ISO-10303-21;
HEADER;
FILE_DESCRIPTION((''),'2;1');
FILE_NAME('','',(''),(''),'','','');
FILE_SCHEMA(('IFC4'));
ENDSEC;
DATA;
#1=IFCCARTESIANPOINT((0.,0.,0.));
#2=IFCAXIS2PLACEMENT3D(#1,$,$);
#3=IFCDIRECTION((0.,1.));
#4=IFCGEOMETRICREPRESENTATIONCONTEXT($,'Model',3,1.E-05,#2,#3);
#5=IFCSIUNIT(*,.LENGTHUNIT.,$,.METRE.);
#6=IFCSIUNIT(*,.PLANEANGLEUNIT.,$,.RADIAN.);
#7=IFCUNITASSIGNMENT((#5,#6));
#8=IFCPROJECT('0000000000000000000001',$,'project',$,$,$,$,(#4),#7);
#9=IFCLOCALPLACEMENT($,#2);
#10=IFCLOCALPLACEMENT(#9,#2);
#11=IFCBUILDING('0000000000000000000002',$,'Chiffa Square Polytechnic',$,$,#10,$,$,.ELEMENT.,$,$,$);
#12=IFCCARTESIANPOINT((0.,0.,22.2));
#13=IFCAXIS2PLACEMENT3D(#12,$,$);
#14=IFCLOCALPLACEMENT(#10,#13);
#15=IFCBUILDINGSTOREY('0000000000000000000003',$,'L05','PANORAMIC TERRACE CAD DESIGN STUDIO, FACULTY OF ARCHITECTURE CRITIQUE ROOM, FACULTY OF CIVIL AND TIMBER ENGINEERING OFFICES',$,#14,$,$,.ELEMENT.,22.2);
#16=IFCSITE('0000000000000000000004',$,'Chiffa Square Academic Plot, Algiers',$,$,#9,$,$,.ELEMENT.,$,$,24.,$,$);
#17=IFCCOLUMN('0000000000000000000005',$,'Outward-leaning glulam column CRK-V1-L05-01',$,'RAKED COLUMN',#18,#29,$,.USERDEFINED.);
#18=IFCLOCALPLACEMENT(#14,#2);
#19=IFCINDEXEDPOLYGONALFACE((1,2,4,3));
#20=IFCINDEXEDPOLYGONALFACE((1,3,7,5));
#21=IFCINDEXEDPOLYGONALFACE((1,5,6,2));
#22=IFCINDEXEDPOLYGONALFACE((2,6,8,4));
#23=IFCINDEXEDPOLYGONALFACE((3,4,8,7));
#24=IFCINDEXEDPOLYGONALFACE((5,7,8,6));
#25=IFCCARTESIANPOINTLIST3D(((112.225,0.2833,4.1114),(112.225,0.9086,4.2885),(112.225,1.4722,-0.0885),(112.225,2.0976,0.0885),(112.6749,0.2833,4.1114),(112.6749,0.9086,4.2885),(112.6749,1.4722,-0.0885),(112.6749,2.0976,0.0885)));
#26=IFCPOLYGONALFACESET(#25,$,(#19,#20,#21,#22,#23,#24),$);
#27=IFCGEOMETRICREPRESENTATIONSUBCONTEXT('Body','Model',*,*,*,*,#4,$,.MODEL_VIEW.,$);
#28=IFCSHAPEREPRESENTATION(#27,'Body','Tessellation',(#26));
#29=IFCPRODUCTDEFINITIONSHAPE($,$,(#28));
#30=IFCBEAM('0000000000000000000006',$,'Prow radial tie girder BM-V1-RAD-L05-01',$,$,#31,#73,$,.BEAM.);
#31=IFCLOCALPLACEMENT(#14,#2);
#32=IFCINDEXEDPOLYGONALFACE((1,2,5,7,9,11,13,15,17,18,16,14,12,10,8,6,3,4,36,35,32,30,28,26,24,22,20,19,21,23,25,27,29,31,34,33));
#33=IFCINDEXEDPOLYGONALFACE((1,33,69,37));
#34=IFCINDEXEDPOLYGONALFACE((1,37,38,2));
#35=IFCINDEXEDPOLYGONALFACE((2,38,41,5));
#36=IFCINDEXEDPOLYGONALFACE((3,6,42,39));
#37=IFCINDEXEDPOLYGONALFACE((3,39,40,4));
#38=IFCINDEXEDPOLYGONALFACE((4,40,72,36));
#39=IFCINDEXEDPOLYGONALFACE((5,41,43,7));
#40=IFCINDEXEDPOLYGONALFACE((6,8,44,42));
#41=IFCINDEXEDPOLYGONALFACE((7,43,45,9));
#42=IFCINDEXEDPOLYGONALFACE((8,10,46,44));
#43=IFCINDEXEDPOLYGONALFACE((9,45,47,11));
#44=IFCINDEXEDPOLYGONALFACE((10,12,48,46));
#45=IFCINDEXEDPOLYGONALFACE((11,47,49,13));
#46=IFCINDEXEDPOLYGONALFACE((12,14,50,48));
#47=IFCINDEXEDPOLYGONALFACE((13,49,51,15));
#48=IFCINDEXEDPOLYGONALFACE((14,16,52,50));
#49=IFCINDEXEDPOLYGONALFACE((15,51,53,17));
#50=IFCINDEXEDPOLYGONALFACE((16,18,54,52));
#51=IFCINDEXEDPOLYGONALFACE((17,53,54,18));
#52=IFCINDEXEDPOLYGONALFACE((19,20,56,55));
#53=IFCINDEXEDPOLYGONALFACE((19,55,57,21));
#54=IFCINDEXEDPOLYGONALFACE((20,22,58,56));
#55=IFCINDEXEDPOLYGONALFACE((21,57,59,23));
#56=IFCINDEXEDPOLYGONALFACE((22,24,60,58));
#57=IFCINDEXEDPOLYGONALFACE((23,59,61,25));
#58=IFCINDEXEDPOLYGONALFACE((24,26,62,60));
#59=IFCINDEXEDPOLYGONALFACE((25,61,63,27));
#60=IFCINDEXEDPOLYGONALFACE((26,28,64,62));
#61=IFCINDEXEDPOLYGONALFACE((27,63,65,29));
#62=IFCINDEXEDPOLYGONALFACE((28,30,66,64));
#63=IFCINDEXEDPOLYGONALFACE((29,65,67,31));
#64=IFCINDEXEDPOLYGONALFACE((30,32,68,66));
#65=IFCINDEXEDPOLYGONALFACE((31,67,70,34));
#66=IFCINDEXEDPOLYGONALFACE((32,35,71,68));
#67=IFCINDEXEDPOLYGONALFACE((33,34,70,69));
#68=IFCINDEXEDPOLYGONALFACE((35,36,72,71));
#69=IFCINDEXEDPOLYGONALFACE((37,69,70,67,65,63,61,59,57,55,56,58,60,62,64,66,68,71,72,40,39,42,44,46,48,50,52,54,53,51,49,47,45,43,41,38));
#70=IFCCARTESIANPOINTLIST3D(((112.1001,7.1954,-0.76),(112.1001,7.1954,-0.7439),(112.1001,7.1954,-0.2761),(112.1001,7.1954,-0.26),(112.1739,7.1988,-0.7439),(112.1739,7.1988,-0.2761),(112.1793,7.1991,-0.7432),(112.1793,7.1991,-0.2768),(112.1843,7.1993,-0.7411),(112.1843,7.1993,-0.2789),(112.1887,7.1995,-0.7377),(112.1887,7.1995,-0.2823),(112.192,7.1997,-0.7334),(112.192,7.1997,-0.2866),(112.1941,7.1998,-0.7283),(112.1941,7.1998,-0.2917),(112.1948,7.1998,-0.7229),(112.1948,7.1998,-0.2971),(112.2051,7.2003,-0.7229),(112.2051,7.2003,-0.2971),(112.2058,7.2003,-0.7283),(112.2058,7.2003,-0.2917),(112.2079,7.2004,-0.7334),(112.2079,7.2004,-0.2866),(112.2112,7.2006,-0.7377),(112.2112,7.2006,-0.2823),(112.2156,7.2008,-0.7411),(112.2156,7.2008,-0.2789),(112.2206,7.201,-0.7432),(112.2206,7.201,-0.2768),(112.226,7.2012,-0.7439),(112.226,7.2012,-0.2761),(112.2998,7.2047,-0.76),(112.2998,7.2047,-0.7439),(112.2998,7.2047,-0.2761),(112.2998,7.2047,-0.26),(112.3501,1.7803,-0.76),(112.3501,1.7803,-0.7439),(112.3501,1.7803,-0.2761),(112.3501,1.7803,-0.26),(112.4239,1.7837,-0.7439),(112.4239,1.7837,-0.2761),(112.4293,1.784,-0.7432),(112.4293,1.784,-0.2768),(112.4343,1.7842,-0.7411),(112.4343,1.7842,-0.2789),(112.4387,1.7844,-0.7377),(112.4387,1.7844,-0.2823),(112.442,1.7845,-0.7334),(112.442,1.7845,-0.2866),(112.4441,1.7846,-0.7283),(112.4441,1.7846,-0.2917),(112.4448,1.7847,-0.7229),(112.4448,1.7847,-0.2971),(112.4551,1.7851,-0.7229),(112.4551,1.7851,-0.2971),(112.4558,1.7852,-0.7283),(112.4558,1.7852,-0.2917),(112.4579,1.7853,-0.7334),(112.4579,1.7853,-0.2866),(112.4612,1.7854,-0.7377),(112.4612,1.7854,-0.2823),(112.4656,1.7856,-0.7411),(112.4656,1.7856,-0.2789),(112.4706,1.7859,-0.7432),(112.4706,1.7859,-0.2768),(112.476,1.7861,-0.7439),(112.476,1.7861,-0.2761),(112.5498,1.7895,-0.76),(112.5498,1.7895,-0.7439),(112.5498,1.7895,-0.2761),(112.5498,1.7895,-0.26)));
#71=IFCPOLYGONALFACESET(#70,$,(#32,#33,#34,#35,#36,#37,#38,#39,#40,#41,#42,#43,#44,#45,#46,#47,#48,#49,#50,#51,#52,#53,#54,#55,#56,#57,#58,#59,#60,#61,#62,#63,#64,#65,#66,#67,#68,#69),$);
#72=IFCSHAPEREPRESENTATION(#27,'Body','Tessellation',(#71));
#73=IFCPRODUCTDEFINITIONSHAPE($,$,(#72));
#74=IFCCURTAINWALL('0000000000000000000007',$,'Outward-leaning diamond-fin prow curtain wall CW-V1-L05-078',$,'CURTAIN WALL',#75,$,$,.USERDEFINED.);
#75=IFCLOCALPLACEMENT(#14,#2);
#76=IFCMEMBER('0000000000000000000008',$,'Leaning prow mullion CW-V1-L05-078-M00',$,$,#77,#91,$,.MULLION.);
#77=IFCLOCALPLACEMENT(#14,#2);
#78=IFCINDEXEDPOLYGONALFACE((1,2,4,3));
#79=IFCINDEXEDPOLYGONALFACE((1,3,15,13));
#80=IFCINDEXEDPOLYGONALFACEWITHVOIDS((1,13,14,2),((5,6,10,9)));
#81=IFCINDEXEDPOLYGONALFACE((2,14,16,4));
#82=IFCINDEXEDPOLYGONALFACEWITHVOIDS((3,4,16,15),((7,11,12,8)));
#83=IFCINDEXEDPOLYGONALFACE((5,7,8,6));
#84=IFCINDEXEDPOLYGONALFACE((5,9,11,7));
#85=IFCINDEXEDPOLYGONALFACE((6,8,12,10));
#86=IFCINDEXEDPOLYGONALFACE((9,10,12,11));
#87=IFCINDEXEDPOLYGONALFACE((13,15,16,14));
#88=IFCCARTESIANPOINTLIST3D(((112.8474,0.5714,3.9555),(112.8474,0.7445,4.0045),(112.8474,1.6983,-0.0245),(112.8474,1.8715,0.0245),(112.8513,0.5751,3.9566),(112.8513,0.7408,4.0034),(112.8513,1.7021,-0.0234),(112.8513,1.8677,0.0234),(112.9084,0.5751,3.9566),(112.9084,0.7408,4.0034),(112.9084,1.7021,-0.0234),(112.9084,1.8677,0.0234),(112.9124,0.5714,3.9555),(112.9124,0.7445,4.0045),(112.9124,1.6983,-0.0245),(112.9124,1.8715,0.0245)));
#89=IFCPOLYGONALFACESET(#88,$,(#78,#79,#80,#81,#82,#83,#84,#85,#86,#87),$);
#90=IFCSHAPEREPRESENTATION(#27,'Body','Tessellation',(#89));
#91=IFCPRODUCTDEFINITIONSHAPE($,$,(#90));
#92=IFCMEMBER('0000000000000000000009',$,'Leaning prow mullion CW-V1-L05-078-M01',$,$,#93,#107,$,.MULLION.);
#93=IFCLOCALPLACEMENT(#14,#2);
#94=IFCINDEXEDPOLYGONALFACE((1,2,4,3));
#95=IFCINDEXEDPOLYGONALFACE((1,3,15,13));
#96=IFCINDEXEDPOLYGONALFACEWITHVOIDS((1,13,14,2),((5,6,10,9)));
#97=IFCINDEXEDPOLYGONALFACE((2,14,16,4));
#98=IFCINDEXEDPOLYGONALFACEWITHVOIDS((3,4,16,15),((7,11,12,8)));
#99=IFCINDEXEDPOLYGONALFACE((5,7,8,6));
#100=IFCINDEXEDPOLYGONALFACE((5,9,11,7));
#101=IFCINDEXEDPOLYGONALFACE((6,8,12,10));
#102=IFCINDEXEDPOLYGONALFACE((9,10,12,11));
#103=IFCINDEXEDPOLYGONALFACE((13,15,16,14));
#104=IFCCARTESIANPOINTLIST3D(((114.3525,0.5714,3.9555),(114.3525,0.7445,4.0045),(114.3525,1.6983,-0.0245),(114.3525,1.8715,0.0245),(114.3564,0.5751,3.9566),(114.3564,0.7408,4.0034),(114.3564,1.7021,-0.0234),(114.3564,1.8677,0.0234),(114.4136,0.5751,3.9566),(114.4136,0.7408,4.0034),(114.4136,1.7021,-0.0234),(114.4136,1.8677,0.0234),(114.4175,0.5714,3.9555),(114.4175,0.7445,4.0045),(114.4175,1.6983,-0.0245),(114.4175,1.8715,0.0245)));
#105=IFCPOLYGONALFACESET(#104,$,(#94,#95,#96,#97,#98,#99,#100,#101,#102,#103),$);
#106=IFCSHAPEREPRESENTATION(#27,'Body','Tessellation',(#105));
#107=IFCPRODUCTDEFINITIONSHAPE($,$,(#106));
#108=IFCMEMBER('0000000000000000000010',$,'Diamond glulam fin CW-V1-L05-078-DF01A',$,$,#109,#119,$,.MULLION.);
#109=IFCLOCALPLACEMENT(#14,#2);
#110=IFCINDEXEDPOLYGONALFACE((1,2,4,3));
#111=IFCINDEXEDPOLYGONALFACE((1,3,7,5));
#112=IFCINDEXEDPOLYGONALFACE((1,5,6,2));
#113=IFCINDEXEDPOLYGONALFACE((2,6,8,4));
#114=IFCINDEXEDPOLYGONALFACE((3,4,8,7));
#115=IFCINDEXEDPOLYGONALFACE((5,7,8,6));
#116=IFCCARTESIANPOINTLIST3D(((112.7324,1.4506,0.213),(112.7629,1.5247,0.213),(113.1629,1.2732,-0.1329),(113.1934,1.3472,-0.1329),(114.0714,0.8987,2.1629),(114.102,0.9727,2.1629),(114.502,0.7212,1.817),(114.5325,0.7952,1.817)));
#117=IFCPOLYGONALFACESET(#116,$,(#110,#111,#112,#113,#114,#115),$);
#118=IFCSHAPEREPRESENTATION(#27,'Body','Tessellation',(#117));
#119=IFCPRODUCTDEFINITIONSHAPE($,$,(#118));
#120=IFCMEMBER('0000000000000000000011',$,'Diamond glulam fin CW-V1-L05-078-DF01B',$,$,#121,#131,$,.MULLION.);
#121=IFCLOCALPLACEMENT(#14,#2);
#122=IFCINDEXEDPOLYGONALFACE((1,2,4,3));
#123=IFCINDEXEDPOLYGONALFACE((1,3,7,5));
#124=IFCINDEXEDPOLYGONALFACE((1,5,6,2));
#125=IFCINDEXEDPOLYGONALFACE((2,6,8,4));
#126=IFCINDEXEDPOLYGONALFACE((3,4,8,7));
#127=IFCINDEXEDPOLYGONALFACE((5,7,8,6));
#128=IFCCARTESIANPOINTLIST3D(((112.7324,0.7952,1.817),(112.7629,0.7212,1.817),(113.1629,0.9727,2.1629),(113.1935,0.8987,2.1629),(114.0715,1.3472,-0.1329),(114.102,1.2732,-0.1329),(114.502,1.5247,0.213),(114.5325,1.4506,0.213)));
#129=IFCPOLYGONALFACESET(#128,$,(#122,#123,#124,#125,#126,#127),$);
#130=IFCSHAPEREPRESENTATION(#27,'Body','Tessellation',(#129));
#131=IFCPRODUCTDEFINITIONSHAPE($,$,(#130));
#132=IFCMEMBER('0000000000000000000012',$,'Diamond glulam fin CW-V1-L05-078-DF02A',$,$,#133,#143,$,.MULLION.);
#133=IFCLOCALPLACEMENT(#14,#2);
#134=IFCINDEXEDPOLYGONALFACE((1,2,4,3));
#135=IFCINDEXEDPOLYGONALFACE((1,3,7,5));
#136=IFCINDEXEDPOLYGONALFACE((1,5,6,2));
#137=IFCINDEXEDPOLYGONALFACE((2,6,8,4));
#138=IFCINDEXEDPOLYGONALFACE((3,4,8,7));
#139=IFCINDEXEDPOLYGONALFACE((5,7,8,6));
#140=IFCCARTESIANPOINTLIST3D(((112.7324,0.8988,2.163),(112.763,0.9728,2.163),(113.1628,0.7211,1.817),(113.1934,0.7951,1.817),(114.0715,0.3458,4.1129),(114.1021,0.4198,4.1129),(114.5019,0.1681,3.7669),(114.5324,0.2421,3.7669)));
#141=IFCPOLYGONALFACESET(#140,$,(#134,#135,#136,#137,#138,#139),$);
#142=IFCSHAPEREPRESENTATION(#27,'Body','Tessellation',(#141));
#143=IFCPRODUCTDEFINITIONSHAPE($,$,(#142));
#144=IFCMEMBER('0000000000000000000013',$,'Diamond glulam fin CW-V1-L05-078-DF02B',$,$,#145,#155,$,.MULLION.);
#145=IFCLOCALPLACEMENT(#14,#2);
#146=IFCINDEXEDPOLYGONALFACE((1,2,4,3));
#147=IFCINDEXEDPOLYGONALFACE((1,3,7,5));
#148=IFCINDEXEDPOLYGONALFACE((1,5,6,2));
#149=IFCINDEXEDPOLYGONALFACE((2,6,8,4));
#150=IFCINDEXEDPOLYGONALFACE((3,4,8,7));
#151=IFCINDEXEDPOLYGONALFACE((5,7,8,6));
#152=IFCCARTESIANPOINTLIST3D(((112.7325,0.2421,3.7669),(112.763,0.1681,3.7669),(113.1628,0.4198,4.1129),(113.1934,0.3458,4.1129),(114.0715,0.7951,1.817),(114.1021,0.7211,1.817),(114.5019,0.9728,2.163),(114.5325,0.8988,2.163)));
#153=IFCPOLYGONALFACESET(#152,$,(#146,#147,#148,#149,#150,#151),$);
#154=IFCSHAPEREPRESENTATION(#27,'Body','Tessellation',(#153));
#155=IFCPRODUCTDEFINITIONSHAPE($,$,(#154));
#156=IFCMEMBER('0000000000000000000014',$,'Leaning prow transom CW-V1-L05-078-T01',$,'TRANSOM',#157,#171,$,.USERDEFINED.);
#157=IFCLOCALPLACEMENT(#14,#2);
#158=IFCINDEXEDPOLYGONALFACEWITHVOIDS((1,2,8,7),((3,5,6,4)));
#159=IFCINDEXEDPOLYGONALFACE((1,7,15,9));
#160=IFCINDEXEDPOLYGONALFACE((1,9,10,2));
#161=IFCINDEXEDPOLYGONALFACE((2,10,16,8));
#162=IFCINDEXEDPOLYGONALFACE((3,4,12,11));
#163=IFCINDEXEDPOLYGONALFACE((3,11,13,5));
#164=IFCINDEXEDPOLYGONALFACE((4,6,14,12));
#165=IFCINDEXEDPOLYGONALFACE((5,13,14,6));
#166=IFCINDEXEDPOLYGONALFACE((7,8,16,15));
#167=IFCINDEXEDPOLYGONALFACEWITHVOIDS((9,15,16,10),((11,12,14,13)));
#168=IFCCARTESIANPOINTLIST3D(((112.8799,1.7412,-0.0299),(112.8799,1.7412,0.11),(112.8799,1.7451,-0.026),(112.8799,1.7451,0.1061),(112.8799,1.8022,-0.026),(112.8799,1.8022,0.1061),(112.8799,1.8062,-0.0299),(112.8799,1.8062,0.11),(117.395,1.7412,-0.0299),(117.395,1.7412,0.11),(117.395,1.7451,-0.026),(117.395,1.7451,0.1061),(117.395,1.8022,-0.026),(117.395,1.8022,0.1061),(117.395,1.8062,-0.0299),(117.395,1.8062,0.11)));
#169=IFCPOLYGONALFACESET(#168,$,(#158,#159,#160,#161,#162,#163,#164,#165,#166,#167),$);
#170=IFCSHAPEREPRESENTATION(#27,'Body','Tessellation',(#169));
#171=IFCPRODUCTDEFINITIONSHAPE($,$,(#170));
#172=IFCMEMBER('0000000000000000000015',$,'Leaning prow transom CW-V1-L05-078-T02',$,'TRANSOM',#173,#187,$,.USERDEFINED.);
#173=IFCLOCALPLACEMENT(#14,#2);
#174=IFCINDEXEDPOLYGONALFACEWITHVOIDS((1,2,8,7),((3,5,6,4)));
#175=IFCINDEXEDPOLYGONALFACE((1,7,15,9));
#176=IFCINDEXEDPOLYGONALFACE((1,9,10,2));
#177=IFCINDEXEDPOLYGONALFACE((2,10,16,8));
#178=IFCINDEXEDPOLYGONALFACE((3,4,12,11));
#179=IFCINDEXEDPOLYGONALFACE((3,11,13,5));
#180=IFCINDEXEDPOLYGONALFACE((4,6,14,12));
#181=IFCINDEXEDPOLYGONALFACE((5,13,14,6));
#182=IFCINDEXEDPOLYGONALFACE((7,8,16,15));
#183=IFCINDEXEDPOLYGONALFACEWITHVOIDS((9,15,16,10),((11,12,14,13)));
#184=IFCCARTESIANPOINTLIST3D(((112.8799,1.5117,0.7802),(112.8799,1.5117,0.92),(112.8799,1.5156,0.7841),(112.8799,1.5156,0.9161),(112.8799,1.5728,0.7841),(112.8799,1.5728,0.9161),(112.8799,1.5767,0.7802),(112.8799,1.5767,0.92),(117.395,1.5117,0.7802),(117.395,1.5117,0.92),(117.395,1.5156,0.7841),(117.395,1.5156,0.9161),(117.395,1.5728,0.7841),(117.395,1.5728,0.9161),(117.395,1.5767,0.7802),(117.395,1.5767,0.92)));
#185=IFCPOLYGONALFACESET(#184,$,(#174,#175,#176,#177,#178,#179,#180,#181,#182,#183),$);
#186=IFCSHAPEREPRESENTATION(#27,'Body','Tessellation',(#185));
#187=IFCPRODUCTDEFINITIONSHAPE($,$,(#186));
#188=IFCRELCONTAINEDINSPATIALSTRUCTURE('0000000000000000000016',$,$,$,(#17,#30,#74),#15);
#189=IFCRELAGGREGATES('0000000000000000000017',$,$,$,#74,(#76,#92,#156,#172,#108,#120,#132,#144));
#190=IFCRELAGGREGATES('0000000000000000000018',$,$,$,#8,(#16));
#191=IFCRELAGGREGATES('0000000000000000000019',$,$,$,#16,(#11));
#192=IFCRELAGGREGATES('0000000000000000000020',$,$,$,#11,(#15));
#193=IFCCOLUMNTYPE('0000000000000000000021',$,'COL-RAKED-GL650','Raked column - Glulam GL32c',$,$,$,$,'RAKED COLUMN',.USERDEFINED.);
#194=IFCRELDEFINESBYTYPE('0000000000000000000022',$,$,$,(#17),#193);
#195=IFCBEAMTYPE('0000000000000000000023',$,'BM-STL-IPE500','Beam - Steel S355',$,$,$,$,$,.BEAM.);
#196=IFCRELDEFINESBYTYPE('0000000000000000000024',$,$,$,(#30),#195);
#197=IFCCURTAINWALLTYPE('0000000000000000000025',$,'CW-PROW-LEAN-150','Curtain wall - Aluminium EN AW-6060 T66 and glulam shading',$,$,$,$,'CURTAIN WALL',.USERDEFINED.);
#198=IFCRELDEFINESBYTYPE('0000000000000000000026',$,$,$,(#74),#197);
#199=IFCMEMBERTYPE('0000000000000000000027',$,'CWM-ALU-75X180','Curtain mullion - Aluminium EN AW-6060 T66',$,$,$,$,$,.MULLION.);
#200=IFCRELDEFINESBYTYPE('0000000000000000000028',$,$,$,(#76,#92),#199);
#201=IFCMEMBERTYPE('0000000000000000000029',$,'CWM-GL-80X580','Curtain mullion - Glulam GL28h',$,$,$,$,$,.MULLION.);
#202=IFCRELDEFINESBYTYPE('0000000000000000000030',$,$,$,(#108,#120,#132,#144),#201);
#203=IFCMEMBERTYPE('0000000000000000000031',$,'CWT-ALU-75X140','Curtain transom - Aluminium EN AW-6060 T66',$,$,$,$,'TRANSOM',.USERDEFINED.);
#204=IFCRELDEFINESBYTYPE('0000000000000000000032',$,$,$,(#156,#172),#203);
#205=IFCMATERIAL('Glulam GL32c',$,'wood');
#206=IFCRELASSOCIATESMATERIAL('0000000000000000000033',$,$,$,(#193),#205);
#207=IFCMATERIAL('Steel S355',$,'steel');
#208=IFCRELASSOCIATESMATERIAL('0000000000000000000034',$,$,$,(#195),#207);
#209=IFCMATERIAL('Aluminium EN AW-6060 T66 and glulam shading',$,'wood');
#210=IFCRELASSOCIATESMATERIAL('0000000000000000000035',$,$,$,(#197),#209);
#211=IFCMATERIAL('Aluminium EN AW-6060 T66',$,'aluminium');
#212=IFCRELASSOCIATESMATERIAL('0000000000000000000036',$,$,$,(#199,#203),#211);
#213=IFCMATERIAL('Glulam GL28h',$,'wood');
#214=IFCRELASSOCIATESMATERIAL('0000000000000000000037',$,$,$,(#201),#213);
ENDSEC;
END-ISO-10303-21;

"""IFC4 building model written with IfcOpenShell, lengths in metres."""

from ifc_helpers import new_model, si_unit, direction, frame, origin, origin_2d, place, context, subcontext, project, spatial, rectangle, hollow_rectangle, i_section, extrude, material, material_profile, profile_set, type_object, element, aggregate, save


model = new_model("IFC4")

# Units and contexts
model_context = context("Model", 3, precision=1e-05, world=origin(), true_north=direction((0.0, 1.0)))
body_context = subcontext(model_context, "Body", "Model", "MODEL_VIEW")
ifc_project = project(units=[si_unit("LENGTHUNIT", "METRE"), si_unit("PLANEANGLEUNIT", "RADIAN")], contexts=[model_context])

# Site, building, storey
site_placement = place(None, origin())
site = spatial("IfcSite", under=ifc_project, at=site_placement, Name="Chiffa Square Academic Plot, Algiers", CompositionType="ELEMENT", RefElevation=24.0)
building_placement = place(site_placement, origin())
building = spatial("IfcBuilding", under=site, at=building_placement, Name="Chiffa Square Polytechnic", CompositionType="ELEMENT")
storey_placement = place(building_placement, frame((0.0, 0.0, 22.2)))
storey = spatial("IfcBuildingStorey", under=building, at=storey_placement, Name="L05", Description="PANORAMIC TERRACE CAD DESIGN STUDIO, FACULTY OF ARCHITECTURE CRITIQUE ROOM, FACULTY OF CIVIL AND TIMBER ENGINEERING OFFICES", CompositionType="ELEMENT", Elevation=22.2)

# Column
ifc_material_1 = material(Name="Glulam GL32c", Category="wood")
ifc_material_profile_1 = material_profile(ifc_material_1, rectangle(XDim=0.45, YDim=0.6499, at=origin_2d()), Name="GL32c 450x650")
ifc_profile_set_1 = profile_set([ifc_material_profile_1], Name="Glulam GL32c")
column_type = type_object("IfcColumnType", Name="COL-RAKED-GL650", Description="Raked column - Glulam GL32c", ElementType="RAKED COLUMN", PredefinedType="USERDEFINED", material=ifc_profile_set_1)
column_placement = place(storey_placement, frame((112.45, 1.7849, 0.0), z_axis=(0.0, -0.272386, 0.962188), x_axis=(1.0, 0.0, 0.0)))
element("IfcColumn", 1, at=column_placement, inside=storey, type_object=column_type, Name="Outward-leaning glulam column CRK-V1-L05-01", ObjectType="RAKED COLUMN", PredefinedType="USERDEFINED", context=body_context, shape_type="SweptSolid", body=[
    extrude(rectangle(XDim=0.45, YDim=0.6499, at=origin_2d()), origin(), (0.0, 0.0, 1.0), 4.365),
])

# Beam
ifc_material_2 = material(Name="Steel S355", Category="steel")
ifc_material_profile_2 = material_profile(ifc_material_2, i_section(OverallWidth=0.2, OverallDepth=0.5, WebThickness=0.0103, FlangeThickness=0.0161, FilletRadius=0.021, at=origin_2d()), Name="IPE 500")
ifc_profile_set_2 = profile_set([ifc_material_profile_2], Name="Steel S355")
beam_type_1 = type_object("IfcBeamType", Name="BM-STL-IPE500", Description="Beam - Steel S355", PredefinedType="BEAM", material=ifc_profile_set_2)
beam_1_placement = place(storey_placement, frame((112.45, 1.7849, -0.51), z_axis=(-0.046119, 0.998936, 0.0), x_axis=(-0.998936, -0.046119, 0.0)))
element("IfcBeam", 2, at=beam_1_placement, inside=storey, type_object=beam_type_1, Name="Prow radial tie girder BM-V1-RAD-L05-01", PredefinedType="BEAM", context=body_context, shape_type="SweptSolid", body=[
    extrude(i_section(OverallWidth=0.2, OverallDepth=0.5, WebThickness=0.0103, FlangeThickness=0.0161, FilletRadius=0.021, at=origin_2d()), origin(), (0.0, 0.0, 1.0), 5.4209),
])

# Curtain wall, members
ifc_material_3 = material(Name="Aluminium EN AW-6060 T66 and glulam shading", Category="wood")
curtain_wall_type = type_object("IfcCurtainWallType", Name="CW-PROW-LEAN-150", Description="Curtain wall - Aluminium EN AW-6060 T66 and glulam shading", ElementType="CURTAIN WALL", PredefinedType="USERDEFINED", material=ifc_material_3)
curtain_wall_placement = place(storey_placement, origin())
curtain_wall = element("IfcCurtainWall", 3, at=curtain_wall_placement, inside=storey, type_object=curtain_wall_type, Name="Outward-leaning diamond-fin prow curtain wall CW-V1-L05-078", ObjectType="CURTAIN WALL", PredefinedType="USERDEFINED")
ifc_material_4 = material(Name="Aluminium EN AW-6060 T66", Category="aluminium")
ifc_material_profile_3 = material_profile(ifc_material_4, hollow_rectangle(XDim=0.0649, YDim=0.1799, WallThickness=0.0039, at=origin_2d()), Name="ALU 65x180x4")
ifc_profile_set_3 = profile_set([ifc_material_profile_3], Name="Aluminium EN AW-6060 T66")
member_type_1 = type_object("IfcMemberType", Name="CWM-ALU-75X180", Description="Curtain mullion - Aluminium EN AW-6060 T66", PredefinedType="MULLION", material=ifc_profile_set_3)
member_1_placement = place(storey_placement, frame((112.8799, 1.7849, 0.0), z_axis=(0.0, -0.272444, 0.962172), x_axis=(1.0, 0.0, 0.0)))
member_1 = element("IfcMember", 4, at=member_1_placement, type_object=member_type_1, Name="Leaning prow mullion CW-V1-L05-078-M00", PredefinedType="MULLION", context=body_context, shape_type="SweptSolid", body=[
    extrude(hollow_rectangle(XDim=0.0649, YDim=0.1799, WallThickness=0.0039, at=origin_2d()), origin(), (0.0, 0.0, 1.0), 4.1365),
])
member_2_placement = place(storey_placement, frame((114.385, 1.7849, 0.0), z_axis=(0.0, -0.272444, 0.962172), x_axis=(1.0, 0.0, 0.0)))
member_2 = element("IfcMember", 5, at=member_2_placement, type_object=member_type_1, Name="Leaning prow mullion CW-V1-L05-078-M01", PredefinedType="MULLION", context=body_context, shape_type="SweptSolid", body=[
    extrude(hollow_rectangle(XDim=0.0649, YDim=0.1799, WallThickness=0.0039, at=origin_2d()), origin(), (0.0, 0.0, 1.0), 4.1365),
])
ifc_material_5 = material(Name="Glulam GL28h", Category="wood")
ifc_material_profile_4 = material_profile(ifc_material_5, rectangle(XDim=0.0801, YDim=0.5801, at=origin_2d()), Name="GL28h 80x580")
ifc_profile_set_4 = profile_set([ifc_material_profile_4], Name="Glulam GL28h")
member_type_2 = type_object("IfcMemberType", Name="CWM-GL-80X580", Description="Curtain mullion - Glulam GL28h", PredefinedType="MULLION", material=ifc_profile_set_4)
member_3_placement = place(storey_placement, frame((112.9629, 1.3989, 0.04), z_axis=(0.551292, -0.227251, 0.802766), x_axis=(0.381106, 0.924531, 0.0)))
member_3 = element("IfcMember", 6, at=member_3_placement, type_object=member_type_2, Name="Diamond glulam fin CW-V1-L05-078-DF01A", PredefinedType="MULLION", context=body_context, shape_type="SweptSolid", body=[
    extrude(rectangle(XDim=0.0801, YDim=0.5801, at=origin_2d()), origin(), (0.0, 0.0, 1.0), 2.429),
])
member_4_placement = place(storey_placement, frame((114.302, 1.3989, 0.04), z_axis=(-0.551292, -0.227251, 0.802766), x_axis=(0.381106, -0.924531, 0.0)))
member_4 = element("IfcMember", 7, at=member_4_placement, type_object=member_type_2, Name="Diamond glulam fin CW-V1-L05-078-DF01B", PredefinedType="MULLION", context=body_context, shape_type="SweptSolid", body=[
    extrude(rectangle(XDim=0.0801, YDim=0.5801, at=origin_2d()), origin(), (0.0, 0.0, 1.0), 2.429),
])
member_5_placement = place(storey_placement, frame((112.9629, 0.8469, 1.99), z_axis=(0.551242, -0.227632, 0.802693), x_axis=(0.381682, 0.924294, 0.0)))
member_5 = element("IfcMember", 8, at=member_5_placement, type_object=member_type_2, Name="Diamond glulam fin CW-V1-L05-078-DF02A", PredefinedType="MULLION", context=body_context, shape_type="SweptSolid", body=[
    extrude(rectangle(XDim=0.0801, YDim=0.5801, at=origin_2d()), origin(), (0.0, 0.0, 1.0), 2.4292),
])
member_6_placement = place(storey_placement, frame((114.302, 0.8469, 1.99), z_axis=(-0.551242, -0.227632, 0.802693), x_axis=(0.381682, -0.924294, 0.0)))
member_6 = element("IfcMember", 9, at=member_6_placement, type_object=member_type_2, Name="Diamond glulam fin CW-V1-L05-078-DF02B", PredefinedType="MULLION", context=body_context, shape_type="SweptSolid", body=[
    extrude(rectangle(XDim=0.0801, YDim=0.5801, at=origin_2d()), origin(), (0.0, 0.0, 1.0), 2.4292),
])
ifc_material_profile_5 = material_profile(ifc_material_4, hollow_rectangle(XDim=0.0649, YDim=0.1399, WallThickness=0.0039, at=origin_2d()), Name="ALU 65x140x4")
ifc_profile_set_5 = profile_set([ifc_material_profile_5], Name="Aluminium EN AW-6060 T66")
member_type_3 = type_object("IfcMemberType", Name="CWT-ALU-75X140", Description="Curtain transom - Aluminium EN AW-6060 T66", ElementType="TRANSOM", PredefinedType="USERDEFINED", material=ifc_profile_set_5)
member_7_placement = place(storey_placement, frame((112.8799, 1.7737, 0.04), z_axis=(1.0, 0.0, 0.0), x_axis=(0.0, 1.0, 0.0)))
member_7 = element("IfcMember", 10, at=member_7_placement, type_object=member_type_3, Name="Leaning prow transom CW-V1-L05-078-T01", ObjectType="TRANSOM", PredefinedType="USERDEFINED", context=body_context, shape_type="SweptSolid", body=[
    extrude(hollow_rectangle(XDim=0.0649, YDim=0.1399, WallThickness=0.0039, at=origin_2d()), origin(), (0.0, 0.0, 1.0), 4.5151),
])
member_8_placement = place(storey_placement, frame((112.8799, 1.5442, 0.8501), z_axis=(1.0, 0.0, 0.0), x_axis=(0.0, 1.0, 0.0)))
member_8 = element("IfcMember", 11, at=member_8_placement, type_object=member_type_3, Name="Leaning prow transom CW-V1-L05-078-T02", ObjectType="TRANSOM", PredefinedType="USERDEFINED", context=body_context, shape_type="SweptSolid", body=[
    extrude(hollow_rectangle(XDim=0.0649, YDim=0.1399, WallThickness=0.0039, at=origin_2d()), origin(), (0.0, 0.0, 1.0), 4.5151),
])

aggregate(curtain_wall, [member_1, member_2, member_7, member_8, member_3, member_4, member_5, member_6])

save(model, "model.ifc")
